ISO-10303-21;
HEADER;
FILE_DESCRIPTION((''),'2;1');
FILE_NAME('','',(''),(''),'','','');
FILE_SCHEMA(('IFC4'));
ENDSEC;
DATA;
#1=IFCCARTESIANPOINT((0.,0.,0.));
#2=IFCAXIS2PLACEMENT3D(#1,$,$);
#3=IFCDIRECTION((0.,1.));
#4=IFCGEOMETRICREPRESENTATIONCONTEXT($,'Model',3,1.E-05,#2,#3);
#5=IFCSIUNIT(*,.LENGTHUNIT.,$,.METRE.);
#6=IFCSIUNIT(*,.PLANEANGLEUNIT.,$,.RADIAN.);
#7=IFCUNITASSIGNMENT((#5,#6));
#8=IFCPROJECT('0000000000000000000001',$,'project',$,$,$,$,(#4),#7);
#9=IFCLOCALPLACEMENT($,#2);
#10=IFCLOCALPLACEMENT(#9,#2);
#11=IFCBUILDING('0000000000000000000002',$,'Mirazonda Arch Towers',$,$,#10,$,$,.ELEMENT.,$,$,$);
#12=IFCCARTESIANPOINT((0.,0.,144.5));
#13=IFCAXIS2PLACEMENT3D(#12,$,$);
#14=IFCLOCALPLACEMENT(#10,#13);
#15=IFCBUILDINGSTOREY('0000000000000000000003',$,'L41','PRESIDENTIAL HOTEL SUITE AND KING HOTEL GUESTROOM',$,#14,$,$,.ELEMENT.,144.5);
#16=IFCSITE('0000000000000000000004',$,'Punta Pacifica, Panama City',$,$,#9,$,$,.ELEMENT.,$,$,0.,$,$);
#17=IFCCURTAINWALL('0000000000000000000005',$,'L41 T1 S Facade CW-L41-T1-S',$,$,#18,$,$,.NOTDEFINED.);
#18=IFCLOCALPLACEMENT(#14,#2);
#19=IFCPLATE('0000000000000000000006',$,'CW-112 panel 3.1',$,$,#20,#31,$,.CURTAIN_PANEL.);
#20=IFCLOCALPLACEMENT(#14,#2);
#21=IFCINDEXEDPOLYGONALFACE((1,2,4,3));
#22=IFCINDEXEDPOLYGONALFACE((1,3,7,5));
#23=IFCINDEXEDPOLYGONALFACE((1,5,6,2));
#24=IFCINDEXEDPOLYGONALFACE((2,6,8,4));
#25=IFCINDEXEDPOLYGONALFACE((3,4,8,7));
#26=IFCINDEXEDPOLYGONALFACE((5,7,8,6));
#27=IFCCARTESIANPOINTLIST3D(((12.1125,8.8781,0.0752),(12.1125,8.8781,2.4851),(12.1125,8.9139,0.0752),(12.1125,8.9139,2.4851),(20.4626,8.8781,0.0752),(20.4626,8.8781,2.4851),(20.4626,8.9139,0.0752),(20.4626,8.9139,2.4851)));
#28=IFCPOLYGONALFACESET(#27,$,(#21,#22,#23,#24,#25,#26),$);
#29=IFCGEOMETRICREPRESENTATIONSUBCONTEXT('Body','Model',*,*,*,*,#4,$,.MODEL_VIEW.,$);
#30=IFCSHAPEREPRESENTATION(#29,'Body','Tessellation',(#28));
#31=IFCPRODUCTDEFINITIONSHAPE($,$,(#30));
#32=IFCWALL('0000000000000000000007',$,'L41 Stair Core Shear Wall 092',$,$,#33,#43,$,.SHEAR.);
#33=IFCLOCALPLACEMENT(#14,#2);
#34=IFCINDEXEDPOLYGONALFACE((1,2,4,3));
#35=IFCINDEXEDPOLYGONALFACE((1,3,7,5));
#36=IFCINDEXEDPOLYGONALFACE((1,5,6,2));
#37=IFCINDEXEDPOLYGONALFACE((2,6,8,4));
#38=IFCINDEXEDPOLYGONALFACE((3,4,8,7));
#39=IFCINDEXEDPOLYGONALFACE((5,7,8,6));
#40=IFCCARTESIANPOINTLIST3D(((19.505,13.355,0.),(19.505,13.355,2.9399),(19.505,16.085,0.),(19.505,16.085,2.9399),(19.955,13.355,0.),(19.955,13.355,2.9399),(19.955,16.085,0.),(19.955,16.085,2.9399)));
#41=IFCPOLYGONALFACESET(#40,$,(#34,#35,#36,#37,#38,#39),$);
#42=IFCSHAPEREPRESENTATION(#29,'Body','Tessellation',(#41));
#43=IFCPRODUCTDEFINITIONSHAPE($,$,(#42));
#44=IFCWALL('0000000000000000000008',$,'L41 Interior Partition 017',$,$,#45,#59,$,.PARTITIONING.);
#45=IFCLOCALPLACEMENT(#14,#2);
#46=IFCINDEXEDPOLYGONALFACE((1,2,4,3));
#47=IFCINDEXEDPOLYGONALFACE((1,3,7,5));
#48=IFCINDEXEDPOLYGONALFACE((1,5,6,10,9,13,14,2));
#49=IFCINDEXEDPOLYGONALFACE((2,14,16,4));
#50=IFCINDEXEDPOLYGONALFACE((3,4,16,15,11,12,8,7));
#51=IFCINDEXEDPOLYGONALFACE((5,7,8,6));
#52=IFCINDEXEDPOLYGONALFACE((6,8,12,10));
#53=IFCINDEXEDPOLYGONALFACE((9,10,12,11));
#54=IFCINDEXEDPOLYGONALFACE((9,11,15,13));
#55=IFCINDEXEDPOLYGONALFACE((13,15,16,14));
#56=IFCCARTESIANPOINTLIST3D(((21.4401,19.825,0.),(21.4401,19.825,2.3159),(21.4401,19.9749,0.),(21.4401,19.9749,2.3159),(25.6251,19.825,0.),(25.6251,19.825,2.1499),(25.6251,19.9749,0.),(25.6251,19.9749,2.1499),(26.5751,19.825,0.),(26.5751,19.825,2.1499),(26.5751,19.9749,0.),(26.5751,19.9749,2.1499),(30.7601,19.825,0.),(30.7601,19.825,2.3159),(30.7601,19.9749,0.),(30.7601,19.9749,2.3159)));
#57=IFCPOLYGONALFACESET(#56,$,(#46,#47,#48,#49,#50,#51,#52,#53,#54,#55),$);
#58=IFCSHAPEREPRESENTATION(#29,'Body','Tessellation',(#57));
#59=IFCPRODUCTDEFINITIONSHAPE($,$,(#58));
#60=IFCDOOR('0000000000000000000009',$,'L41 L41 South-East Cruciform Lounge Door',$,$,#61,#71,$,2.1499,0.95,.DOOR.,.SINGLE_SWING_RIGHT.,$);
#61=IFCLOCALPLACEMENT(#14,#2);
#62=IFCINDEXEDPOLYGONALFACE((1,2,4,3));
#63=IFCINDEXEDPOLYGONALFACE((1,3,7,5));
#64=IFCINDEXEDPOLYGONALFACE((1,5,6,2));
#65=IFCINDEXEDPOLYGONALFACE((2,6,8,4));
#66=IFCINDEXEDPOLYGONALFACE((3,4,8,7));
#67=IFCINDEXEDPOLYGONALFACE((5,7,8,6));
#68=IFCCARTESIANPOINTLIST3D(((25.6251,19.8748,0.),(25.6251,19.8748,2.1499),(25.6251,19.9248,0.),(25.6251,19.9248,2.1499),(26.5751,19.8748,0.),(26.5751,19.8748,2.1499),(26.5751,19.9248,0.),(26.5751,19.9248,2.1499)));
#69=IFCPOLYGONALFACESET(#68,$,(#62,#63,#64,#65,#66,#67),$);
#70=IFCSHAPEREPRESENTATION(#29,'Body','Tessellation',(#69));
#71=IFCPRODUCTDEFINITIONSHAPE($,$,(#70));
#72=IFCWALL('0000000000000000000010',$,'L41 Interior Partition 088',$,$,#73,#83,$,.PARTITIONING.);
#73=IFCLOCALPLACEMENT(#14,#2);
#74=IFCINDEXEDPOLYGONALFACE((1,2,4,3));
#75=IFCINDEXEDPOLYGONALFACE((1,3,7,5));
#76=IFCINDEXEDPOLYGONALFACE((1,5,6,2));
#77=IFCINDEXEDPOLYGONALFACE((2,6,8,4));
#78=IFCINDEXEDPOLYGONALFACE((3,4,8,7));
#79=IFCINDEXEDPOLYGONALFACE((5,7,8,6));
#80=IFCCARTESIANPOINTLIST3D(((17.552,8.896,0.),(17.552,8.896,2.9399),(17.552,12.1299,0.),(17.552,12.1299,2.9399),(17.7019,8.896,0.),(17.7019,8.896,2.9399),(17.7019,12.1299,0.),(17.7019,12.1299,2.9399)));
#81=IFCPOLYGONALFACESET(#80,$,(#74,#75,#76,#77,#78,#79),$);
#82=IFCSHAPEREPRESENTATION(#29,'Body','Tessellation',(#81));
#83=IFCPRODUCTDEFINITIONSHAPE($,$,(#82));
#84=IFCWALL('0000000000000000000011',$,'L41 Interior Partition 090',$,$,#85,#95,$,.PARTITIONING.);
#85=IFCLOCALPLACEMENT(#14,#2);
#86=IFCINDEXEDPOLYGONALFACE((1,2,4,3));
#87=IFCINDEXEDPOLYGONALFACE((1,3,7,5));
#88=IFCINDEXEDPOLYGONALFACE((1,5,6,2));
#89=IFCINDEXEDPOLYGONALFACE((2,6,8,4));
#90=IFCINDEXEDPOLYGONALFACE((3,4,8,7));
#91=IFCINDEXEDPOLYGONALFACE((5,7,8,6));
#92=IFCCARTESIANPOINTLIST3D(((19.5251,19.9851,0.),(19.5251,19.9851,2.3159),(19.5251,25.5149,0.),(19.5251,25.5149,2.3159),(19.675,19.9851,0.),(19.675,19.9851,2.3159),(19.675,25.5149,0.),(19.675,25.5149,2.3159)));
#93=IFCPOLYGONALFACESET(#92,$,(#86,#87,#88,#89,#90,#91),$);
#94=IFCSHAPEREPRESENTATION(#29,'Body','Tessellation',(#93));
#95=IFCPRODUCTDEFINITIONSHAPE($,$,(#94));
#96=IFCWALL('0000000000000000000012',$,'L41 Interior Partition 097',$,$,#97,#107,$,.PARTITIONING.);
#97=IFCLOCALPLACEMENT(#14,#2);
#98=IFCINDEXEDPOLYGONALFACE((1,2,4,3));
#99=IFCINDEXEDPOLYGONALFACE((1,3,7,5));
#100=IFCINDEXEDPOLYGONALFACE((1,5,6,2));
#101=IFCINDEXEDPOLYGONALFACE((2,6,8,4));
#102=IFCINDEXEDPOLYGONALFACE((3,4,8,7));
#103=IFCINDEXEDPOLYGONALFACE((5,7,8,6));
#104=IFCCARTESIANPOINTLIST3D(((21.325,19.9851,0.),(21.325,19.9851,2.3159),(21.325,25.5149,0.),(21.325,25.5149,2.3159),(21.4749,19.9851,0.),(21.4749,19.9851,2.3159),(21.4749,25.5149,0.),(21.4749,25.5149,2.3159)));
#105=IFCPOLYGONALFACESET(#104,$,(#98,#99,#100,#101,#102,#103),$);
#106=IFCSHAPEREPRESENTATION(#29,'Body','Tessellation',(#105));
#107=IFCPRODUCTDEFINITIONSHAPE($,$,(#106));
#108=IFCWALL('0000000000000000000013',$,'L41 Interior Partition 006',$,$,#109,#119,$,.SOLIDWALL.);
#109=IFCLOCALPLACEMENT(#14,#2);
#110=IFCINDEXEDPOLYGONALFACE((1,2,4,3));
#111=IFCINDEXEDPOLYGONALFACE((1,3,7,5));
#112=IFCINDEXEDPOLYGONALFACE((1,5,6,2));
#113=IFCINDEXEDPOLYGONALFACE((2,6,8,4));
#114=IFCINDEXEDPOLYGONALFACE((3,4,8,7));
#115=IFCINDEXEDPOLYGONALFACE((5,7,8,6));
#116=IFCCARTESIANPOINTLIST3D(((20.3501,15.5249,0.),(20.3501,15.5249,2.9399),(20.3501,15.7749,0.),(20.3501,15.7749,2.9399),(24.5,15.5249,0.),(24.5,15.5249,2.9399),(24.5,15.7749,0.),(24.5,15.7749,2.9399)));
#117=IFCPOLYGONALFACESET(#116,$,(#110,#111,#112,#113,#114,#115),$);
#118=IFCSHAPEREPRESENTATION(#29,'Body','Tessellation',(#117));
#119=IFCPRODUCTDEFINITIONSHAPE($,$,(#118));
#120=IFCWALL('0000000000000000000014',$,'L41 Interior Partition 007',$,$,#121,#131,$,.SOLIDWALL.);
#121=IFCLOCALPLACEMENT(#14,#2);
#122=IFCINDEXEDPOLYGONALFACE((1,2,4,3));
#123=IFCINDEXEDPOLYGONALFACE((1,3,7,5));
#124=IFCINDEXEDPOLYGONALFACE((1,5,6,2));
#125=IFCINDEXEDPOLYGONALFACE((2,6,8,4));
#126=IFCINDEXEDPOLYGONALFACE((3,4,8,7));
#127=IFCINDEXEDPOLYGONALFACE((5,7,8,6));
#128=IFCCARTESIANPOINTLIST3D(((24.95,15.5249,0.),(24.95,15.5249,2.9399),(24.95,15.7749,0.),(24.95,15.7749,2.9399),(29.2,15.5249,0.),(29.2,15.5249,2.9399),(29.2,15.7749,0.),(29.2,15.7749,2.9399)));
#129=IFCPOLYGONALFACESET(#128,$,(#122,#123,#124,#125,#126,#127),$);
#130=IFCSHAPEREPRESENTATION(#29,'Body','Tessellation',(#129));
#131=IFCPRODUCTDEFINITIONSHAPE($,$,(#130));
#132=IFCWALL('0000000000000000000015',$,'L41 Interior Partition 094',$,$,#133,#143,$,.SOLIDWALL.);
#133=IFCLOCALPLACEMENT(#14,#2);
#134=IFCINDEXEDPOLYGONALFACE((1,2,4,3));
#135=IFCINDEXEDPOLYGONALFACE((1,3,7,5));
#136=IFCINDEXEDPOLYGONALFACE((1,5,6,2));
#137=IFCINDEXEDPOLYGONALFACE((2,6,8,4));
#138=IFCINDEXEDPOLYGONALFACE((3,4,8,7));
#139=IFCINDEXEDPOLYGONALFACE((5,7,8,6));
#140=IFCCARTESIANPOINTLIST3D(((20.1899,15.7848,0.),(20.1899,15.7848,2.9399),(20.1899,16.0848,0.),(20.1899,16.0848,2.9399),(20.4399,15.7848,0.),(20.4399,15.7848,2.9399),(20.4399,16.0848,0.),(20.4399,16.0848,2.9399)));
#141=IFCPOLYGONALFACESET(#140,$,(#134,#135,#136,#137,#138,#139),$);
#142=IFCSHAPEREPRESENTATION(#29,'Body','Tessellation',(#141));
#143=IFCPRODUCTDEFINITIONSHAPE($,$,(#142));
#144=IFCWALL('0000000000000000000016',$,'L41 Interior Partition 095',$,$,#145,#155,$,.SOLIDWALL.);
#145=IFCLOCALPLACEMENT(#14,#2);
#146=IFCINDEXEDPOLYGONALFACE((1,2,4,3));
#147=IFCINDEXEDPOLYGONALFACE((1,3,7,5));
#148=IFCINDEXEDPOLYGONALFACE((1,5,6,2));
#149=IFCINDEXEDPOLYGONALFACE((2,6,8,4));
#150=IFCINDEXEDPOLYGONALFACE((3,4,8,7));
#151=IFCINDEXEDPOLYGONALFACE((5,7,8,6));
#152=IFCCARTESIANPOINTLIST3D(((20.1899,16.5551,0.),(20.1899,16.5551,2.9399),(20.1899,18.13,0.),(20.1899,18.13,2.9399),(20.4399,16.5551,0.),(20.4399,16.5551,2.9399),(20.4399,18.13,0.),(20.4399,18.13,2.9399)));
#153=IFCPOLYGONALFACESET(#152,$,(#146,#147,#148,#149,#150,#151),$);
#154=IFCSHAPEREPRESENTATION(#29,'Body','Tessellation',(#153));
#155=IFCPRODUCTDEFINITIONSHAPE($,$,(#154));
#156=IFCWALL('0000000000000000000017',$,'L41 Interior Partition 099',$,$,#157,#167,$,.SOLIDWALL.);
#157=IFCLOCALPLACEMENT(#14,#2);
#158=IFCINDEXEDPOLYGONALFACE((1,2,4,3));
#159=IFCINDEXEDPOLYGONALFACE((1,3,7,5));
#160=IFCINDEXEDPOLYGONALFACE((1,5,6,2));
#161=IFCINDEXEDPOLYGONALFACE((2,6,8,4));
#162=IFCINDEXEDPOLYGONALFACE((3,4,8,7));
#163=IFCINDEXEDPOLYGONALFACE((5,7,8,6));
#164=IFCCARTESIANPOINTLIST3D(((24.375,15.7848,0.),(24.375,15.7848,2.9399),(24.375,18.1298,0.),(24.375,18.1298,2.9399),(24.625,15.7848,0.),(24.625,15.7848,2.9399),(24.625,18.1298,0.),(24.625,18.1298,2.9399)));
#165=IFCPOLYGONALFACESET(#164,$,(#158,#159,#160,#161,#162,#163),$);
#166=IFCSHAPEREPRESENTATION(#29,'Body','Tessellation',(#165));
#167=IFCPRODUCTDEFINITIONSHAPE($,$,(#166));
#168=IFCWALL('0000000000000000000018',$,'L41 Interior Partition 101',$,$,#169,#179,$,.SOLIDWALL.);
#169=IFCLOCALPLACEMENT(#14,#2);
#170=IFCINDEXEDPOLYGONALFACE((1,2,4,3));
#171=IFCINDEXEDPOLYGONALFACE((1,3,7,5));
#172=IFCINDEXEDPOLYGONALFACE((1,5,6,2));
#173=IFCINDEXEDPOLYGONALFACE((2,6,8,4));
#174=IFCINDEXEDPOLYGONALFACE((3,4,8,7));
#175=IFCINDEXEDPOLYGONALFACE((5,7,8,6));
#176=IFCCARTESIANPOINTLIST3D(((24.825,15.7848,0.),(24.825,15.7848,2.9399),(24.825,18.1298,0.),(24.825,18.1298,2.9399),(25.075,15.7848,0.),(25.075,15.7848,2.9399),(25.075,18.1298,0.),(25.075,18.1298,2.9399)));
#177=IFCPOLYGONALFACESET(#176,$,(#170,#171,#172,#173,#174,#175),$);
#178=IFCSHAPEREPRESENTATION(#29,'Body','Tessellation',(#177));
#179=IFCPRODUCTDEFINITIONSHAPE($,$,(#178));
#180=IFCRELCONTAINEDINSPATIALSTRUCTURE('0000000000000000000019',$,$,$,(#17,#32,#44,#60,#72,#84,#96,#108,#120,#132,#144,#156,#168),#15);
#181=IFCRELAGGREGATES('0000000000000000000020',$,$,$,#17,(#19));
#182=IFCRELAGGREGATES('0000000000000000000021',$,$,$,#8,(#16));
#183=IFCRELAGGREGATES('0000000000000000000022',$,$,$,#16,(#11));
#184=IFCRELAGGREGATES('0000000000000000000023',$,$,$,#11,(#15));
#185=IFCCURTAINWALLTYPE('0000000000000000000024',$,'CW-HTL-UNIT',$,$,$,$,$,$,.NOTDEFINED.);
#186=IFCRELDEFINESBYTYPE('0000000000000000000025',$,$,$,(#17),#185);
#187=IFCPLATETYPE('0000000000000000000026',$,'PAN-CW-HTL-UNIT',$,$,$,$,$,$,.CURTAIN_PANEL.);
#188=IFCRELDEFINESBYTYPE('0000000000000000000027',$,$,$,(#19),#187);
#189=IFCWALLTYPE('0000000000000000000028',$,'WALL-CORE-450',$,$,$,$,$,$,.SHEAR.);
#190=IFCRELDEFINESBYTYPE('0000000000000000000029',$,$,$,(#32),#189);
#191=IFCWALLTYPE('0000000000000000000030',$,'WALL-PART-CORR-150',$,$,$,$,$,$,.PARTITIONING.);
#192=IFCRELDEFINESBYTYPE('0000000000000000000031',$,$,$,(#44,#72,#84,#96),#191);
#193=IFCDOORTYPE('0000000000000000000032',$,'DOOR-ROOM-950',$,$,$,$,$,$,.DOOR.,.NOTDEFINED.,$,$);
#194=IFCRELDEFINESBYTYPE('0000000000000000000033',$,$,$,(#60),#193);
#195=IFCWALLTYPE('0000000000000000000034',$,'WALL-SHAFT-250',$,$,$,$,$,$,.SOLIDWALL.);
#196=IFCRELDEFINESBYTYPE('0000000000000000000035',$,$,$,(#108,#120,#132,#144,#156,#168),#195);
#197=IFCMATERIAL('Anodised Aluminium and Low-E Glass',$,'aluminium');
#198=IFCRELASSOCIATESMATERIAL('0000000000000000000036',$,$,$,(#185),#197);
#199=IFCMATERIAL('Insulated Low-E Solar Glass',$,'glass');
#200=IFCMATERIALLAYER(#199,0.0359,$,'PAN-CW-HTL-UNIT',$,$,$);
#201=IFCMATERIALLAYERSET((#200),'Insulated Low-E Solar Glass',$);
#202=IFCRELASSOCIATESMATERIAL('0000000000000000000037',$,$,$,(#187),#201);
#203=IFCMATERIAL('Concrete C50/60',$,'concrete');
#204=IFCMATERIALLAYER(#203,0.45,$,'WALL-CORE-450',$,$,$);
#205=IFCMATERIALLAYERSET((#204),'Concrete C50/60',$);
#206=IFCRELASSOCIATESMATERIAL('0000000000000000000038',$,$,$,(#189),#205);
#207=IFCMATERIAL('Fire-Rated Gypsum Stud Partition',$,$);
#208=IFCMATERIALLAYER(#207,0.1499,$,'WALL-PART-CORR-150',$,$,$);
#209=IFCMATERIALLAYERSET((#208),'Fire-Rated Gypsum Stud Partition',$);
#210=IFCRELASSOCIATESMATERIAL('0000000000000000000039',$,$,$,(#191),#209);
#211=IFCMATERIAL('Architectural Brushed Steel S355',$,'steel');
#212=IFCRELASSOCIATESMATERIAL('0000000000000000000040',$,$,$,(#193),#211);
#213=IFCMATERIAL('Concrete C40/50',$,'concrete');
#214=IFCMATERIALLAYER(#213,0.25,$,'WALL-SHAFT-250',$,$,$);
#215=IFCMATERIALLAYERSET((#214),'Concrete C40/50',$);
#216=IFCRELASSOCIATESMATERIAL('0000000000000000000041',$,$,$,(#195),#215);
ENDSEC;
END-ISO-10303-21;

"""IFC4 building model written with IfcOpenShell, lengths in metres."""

from ifc_helpers import new_model, si_unit, direction, frame, frame_2d, origin, origin_2d, place, context, subcontext, project, spatial, rectangle, extrude, material, layer, layer_set, type_object, element, fill, aggregate, save


model = new_model("IFC4")

# Units and contexts
model_context = context("Model", 3, precision=1e-05, world=origin(), true_north=direction((0.0, 1.0)))
body_context = subcontext(model_context, "Body", "Model", "MODEL_VIEW")
ifc_project = project(units=[si_unit("LENGTHUNIT", "METRE"), si_unit("PLANEANGLEUNIT", "RADIAN")], contexts=[model_context])

# Site, building, storey
site_placement = place(None, origin())
site = spatial("IfcSite", under=ifc_project, at=site_placement, Name="Punta Pacifica, Panama City", CompositionType="ELEMENT", RefElevation=0.0)
building_placement = place(site_placement, origin())
building = spatial("IfcBuilding", under=site, at=building_placement, Name="Mirazonda Arch Towers", CompositionType="ELEMENT")
storey_placement = place(building_placement, frame((0.0, 0.0, 144.5)))
storey = spatial("IfcBuildingStorey", under=building, at=storey_placement, Name="L41", Description="PRESIDENTIAL HOTEL SUITE AND KING HOTEL GUESTROOM", CompositionType="ELEMENT", Elevation=144.5)

# Shared definitions
ifc_material_1 = material(Name="Concrete C50/60", Category="concrete")

# Curtain wall, plate
ifc_material_2 = material(Name="Anodised Aluminium and Low-E Glass", Category="aluminium")
curtain_wall_type = type_object("IfcCurtainWallType", Name="CW-HTL-UNIT", PredefinedType="NOTDEFINED", material=ifc_material_2)
curtain_wall_placement = place(storey_placement, origin())
curtain_wall = element("IfcCurtainWall", 1, at=curtain_wall_placement, inside=storey, type_object=curtain_wall_type, Name="L41 T1 S Facade CW-L41-T1-S", PredefinedType="NOTDEFINED")
ifc_material_3 = material(Name="Insulated Low-E Solar Glass", Category="glass")
ifc_layer_1 = layer(ifc_material_3, 0.0359, Name="PAN-CW-HTL-UNIT")
ifc_layer_set_1 = layer_set([ifc_layer_1], Name="Insulated Low-E Solar Glass")
plate_type = type_object("IfcPlateType", Name="PAN-CW-HTL-UNIT", PredefinedType="CURTAIN_PANEL", material=ifc_layer_set_1)
plate_1_placement = place(storey_placement, frame((16.2876, 8.896, 0.0752), z_axis=(0.0, 0.0, 1.0), x_axis=(-1.0, 0.0, 0.0)))
plate_1 = element("IfcPlate", 2, at=plate_1_placement, type_object=plate_type, Name="CW-112 panel 3.1", PredefinedType="CURTAIN_PANEL", context=body_context, shape_type="SweptSolid", body=[
    extrude(rectangle(XDim=8.3501, YDim=0.0359, at=origin_2d()), origin(), (0.0, 0.0, 1.0), 2.4099),
])
aggregate(curtain_wall, [plate_1])

# Wall
ifc_layer_2 = layer(ifc_material_1, 0.45, Name="WALL-CORE-450")
ifc_layer_set_2 = layer_set([ifc_layer_2], Name="Concrete C50/60")
wall_type_1 = type_object("IfcWallType", Name="WALL-CORE-450", PredefinedType="SHEAR", material=ifc_layer_set_2)
wall_1_placement = place(storey_placement, frame((19.73, 13.355, 0.0), z_axis=(0.0, 0.0, 1.0), x_axis=(0.0, 1.0, 0.0)))
element("IfcWall", 3, at=wall_1_placement, inside=storey, type_object=wall_type_1, Name="L41 Stair Core Shear Wall 092", PredefinedType="SHEAR", context=body_context, shape_type="SweptSolid", body=[
    extrude(rectangle(XDim=2.73, YDim=0.45, at=frame_2d((1.365, 0.0))), origin(), (0.0, 0.0, 1.0), 2.9399),
])

# Wall, opening, door
ifc_material_4 = material(Name="Fire-Rated Gypsum Stud Partition")
ifc_layer_3 = layer(ifc_material_4, 0.1499, Name="WALL-PART-CORR-150")
ifc_layer_set_3 = layer_set([ifc_layer_3], Name="Fire-Rated Gypsum Stud Partition")
wall_type_2 = type_object("IfcWallType", Name="WALL-PART-CORR-150", PredefinedType="PARTITIONING", material=ifc_layer_set_3)
wall_2_placement = place(storey_placement, frame((21.4399, 19.8999, 0.0), z_axis=(0.0, 0.0, 1.0), x_axis=(1.0, 0.0, 0.0)))
wall_2 = element("IfcWall", 4, at=wall_2_placement, inside=storey, type_object=wall_type_2, Name="L41 Interior Partition 017", PredefinedType="PARTITIONING", context=body_context, shape_type="SweptSolid", body=[
    extrude(rectangle(XDim=9.3201, YDim=0.1499, at=frame_2d((4.6602, 0.0))), origin(), (0.0, 0.0, 1.0), 2.3159),
])
opening_placement = place(wall_2_placement, frame((4.1851, 0.0, 0.0)))
opening = element("IfcOpeningElement", 5, at=opening_placement, cuts=wall_2, PredefinedType="OPENING", context=body_context, shape_type="SweptSolid", body=[
    extrude(rectangle(XDim=0.95, YDim=2.1499, at=frame_2d((0.4751, 1.075))), frame((0.0, 0.085, 0.0), z_axis=(0.0, -1.0, 0.0), x_axis=(1.0, 0.0, 0.0)), (0.0, 0.0, 1.0), 0.1699),
])
ifc_material_5 = material(Name="Architectural Brushed Steel S355", Category="steel")
door_type = type_object("IfcDoorType", Name="DOOR-ROOM-950", OperationType="NOTDEFINED", PredefinedType="DOOR", material=ifc_material_5)
door_placement = place(opening_placement, origin())
door = element("IfcDoor", 6, at=door_placement, inside=storey, type_object=door_type, Name="L41 L41 South-East Cruciform Lounge Door", OperationType="SINGLE_SWING_RIGHT", OverallHeight=2.1499, OverallWidth=0.95, PredefinedType="DOOR", context=body_context, shape_type="SweptSolid", body=[
    extrude(rectangle(XDim=0.95, YDim=2.1499, at=frame_2d((0.4751, 1.075))), frame((0.0, 0.0249, 0.0), z_axis=(0.0, -1.0, 0.0), x_axis=(1.0, 0.0, 0.0)), (0.0, 0.0, 1.0), 0.05),
])
fill(opening, door)

# Walls
wall_3_placement = place(storey_placement, frame((17.627, 8.896, 0.0), z_axis=(0.0, 0.0, 1.0), x_axis=(0.0, 1.0, 0.0)))
element("IfcWall", 7, at=wall_3_placement, inside=storey, type_object=wall_type_2, Name="L41 Interior Partition 088", PredefinedType="PARTITIONING", context=body_context, shape_type="SweptSolid", body=[
    extrude(rectangle(XDim=3.2339, YDim=0.1499, at=frame_2d((1.6169, 0.0))), origin(), (0.0, 0.0, 1.0), 2.9399),
])
for number, where, z_axis, x_axis, name in (
    (8, (19.6001, 19.9851, 0.0), (0.0, 0.0, 1.0), (0.0, 1.0, 0.0), "L41 Interior Partition 090"),
    (9, (21.3999, 19.9851, 0.0), (0.0, 0.0, 1.0), (0.0, 1.0, 0.0), "L41 Interior Partition 097"),
):
    element("IfcWall", number, at=place(storey_placement, frame(where, z_axis=z_axis, x_axis=x_axis)), inside=storey, type_object=wall_type_2, Name=name, PredefinedType="PARTITIONING", context=body_context, shape_type="SweptSolid", body=[
        extrude(rectangle(XDim=5.5298, YDim=0.1499, at=frame_2d((2.7649, 0.0))), origin(), (0.0, 0.0, 1.0), 2.3159),
    ])
ifc_material_6 = material(Name="Concrete C40/50", Category="concrete")
ifc_layer_4 = layer(ifc_material_6, 0.25, Name="WALL-SHAFT-250")
ifc_layer_set_4 = layer_set([ifc_layer_4], Name="Concrete C40/50")
wall_type_3 = type_object("IfcWallType", Name="WALL-SHAFT-250", PredefinedType="SOLIDWALL", material=ifc_layer_set_4)
wall_4_placement = place(storey_placement, frame((20.3501, 15.6499, 0.0), z_axis=(0.0, 0.0, 1.0), x_axis=(1.0, 0.0, 0.0)))
element("IfcWall", 10, at=wall_4_placement, inside=storey, type_object=wall_type_3, Name="L41 Interior Partition 006", PredefinedType="SOLIDWALL", context=body_context, shape_type="SweptSolid", body=[
    extrude(rectangle(XDim=4.1499, YDim=0.25, at=frame_2d((2.075, 0.0))), origin(), (0.0, 0.0, 1.0), 2.9399),
])
wall_5_placement = place(storey_placement, frame((24.95, 15.6499, 0.0), z_axis=(0.0, 0.0, 1.0), x_axis=(1.0, 0.0, 0.0)))
element("IfcWall", 11, at=wall_5_placement, inside=storey, type_object=wall_type_3, Name="L41 Interior Partition 007", PredefinedType="SOLIDWALL", context=body_context, shape_type="SweptSolid", body=[
    extrude(rectangle(XDim=4.25, YDim=0.25, at=frame_2d((2.125, 0.0))), origin(), (0.0, 0.0, 1.0), 2.9399),
])
wall_6_placement = place(storey_placement, frame((20.3149, 15.7849, 0.0), z_axis=(0.0, 0.0, 1.0), x_axis=(0.0, 1.0, 0.0)))
element("IfcWall", 12, at=wall_6_placement, inside=storey, type_object=wall_type_3, Name="L41 Interior Partition 094", PredefinedType="SOLIDWALL", context=body_context, shape_type="SweptSolid", body=[
    extrude(rectangle(XDim=0.3, YDim=0.25, at=frame_2d((0.1499, 0.0))), origin(), (0.0, 0.0, 1.0), 2.9399),
])
wall_7_placement = place(storey_placement, frame((20.3149, 16.5549, 0.0), z_axis=(0.0, 0.0, 1.0), x_axis=(0.0, 1.0, 0.0)))
element("IfcWall", 13, at=wall_7_placement, inside=storey, type_object=wall_type_3, Name="L41 Interior Partition 095", PredefinedType="SOLIDWALL", context=body_context, shape_type="SweptSolid", body=[
    extrude(rectangle(XDim=1.575, YDim=0.25, at=frame_2d((0.7876, 0.0))), origin(), (0.0, 0.0, 1.0), 2.9399),
])
for number, where, z_axis, x_axis, name in (
    (14, (24.5, 15.7849, 0.0), (0.0, 0.0, 1.0), (0.0, 1.0, 0.0), "L41 Interior Partition 099"),
    (15, (24.95, 15.7849, 0.0), (0.0, 0.0, 1.0), (0.0, 1.0, 0.0), "L41 Interior Partition 101"),
):
    element("IfcWall", number, at=place(storey_placement, frame(where, z_axis=z_axis, x_axis=x_axis)), inside=storey, type_object=wall_type_3, Name=name, PredefinedType="SOLIDWALL", context=body_context, shape_type="SweptSolid", body=[
        extrude(rectangle(XDim=2.345, YDim=0.25, at=frame_2d((1.1724, 0.0))), origin(), (0.0, 0.0, 1.0), 2.9399),
    ])

save(model, "model.ifc")
